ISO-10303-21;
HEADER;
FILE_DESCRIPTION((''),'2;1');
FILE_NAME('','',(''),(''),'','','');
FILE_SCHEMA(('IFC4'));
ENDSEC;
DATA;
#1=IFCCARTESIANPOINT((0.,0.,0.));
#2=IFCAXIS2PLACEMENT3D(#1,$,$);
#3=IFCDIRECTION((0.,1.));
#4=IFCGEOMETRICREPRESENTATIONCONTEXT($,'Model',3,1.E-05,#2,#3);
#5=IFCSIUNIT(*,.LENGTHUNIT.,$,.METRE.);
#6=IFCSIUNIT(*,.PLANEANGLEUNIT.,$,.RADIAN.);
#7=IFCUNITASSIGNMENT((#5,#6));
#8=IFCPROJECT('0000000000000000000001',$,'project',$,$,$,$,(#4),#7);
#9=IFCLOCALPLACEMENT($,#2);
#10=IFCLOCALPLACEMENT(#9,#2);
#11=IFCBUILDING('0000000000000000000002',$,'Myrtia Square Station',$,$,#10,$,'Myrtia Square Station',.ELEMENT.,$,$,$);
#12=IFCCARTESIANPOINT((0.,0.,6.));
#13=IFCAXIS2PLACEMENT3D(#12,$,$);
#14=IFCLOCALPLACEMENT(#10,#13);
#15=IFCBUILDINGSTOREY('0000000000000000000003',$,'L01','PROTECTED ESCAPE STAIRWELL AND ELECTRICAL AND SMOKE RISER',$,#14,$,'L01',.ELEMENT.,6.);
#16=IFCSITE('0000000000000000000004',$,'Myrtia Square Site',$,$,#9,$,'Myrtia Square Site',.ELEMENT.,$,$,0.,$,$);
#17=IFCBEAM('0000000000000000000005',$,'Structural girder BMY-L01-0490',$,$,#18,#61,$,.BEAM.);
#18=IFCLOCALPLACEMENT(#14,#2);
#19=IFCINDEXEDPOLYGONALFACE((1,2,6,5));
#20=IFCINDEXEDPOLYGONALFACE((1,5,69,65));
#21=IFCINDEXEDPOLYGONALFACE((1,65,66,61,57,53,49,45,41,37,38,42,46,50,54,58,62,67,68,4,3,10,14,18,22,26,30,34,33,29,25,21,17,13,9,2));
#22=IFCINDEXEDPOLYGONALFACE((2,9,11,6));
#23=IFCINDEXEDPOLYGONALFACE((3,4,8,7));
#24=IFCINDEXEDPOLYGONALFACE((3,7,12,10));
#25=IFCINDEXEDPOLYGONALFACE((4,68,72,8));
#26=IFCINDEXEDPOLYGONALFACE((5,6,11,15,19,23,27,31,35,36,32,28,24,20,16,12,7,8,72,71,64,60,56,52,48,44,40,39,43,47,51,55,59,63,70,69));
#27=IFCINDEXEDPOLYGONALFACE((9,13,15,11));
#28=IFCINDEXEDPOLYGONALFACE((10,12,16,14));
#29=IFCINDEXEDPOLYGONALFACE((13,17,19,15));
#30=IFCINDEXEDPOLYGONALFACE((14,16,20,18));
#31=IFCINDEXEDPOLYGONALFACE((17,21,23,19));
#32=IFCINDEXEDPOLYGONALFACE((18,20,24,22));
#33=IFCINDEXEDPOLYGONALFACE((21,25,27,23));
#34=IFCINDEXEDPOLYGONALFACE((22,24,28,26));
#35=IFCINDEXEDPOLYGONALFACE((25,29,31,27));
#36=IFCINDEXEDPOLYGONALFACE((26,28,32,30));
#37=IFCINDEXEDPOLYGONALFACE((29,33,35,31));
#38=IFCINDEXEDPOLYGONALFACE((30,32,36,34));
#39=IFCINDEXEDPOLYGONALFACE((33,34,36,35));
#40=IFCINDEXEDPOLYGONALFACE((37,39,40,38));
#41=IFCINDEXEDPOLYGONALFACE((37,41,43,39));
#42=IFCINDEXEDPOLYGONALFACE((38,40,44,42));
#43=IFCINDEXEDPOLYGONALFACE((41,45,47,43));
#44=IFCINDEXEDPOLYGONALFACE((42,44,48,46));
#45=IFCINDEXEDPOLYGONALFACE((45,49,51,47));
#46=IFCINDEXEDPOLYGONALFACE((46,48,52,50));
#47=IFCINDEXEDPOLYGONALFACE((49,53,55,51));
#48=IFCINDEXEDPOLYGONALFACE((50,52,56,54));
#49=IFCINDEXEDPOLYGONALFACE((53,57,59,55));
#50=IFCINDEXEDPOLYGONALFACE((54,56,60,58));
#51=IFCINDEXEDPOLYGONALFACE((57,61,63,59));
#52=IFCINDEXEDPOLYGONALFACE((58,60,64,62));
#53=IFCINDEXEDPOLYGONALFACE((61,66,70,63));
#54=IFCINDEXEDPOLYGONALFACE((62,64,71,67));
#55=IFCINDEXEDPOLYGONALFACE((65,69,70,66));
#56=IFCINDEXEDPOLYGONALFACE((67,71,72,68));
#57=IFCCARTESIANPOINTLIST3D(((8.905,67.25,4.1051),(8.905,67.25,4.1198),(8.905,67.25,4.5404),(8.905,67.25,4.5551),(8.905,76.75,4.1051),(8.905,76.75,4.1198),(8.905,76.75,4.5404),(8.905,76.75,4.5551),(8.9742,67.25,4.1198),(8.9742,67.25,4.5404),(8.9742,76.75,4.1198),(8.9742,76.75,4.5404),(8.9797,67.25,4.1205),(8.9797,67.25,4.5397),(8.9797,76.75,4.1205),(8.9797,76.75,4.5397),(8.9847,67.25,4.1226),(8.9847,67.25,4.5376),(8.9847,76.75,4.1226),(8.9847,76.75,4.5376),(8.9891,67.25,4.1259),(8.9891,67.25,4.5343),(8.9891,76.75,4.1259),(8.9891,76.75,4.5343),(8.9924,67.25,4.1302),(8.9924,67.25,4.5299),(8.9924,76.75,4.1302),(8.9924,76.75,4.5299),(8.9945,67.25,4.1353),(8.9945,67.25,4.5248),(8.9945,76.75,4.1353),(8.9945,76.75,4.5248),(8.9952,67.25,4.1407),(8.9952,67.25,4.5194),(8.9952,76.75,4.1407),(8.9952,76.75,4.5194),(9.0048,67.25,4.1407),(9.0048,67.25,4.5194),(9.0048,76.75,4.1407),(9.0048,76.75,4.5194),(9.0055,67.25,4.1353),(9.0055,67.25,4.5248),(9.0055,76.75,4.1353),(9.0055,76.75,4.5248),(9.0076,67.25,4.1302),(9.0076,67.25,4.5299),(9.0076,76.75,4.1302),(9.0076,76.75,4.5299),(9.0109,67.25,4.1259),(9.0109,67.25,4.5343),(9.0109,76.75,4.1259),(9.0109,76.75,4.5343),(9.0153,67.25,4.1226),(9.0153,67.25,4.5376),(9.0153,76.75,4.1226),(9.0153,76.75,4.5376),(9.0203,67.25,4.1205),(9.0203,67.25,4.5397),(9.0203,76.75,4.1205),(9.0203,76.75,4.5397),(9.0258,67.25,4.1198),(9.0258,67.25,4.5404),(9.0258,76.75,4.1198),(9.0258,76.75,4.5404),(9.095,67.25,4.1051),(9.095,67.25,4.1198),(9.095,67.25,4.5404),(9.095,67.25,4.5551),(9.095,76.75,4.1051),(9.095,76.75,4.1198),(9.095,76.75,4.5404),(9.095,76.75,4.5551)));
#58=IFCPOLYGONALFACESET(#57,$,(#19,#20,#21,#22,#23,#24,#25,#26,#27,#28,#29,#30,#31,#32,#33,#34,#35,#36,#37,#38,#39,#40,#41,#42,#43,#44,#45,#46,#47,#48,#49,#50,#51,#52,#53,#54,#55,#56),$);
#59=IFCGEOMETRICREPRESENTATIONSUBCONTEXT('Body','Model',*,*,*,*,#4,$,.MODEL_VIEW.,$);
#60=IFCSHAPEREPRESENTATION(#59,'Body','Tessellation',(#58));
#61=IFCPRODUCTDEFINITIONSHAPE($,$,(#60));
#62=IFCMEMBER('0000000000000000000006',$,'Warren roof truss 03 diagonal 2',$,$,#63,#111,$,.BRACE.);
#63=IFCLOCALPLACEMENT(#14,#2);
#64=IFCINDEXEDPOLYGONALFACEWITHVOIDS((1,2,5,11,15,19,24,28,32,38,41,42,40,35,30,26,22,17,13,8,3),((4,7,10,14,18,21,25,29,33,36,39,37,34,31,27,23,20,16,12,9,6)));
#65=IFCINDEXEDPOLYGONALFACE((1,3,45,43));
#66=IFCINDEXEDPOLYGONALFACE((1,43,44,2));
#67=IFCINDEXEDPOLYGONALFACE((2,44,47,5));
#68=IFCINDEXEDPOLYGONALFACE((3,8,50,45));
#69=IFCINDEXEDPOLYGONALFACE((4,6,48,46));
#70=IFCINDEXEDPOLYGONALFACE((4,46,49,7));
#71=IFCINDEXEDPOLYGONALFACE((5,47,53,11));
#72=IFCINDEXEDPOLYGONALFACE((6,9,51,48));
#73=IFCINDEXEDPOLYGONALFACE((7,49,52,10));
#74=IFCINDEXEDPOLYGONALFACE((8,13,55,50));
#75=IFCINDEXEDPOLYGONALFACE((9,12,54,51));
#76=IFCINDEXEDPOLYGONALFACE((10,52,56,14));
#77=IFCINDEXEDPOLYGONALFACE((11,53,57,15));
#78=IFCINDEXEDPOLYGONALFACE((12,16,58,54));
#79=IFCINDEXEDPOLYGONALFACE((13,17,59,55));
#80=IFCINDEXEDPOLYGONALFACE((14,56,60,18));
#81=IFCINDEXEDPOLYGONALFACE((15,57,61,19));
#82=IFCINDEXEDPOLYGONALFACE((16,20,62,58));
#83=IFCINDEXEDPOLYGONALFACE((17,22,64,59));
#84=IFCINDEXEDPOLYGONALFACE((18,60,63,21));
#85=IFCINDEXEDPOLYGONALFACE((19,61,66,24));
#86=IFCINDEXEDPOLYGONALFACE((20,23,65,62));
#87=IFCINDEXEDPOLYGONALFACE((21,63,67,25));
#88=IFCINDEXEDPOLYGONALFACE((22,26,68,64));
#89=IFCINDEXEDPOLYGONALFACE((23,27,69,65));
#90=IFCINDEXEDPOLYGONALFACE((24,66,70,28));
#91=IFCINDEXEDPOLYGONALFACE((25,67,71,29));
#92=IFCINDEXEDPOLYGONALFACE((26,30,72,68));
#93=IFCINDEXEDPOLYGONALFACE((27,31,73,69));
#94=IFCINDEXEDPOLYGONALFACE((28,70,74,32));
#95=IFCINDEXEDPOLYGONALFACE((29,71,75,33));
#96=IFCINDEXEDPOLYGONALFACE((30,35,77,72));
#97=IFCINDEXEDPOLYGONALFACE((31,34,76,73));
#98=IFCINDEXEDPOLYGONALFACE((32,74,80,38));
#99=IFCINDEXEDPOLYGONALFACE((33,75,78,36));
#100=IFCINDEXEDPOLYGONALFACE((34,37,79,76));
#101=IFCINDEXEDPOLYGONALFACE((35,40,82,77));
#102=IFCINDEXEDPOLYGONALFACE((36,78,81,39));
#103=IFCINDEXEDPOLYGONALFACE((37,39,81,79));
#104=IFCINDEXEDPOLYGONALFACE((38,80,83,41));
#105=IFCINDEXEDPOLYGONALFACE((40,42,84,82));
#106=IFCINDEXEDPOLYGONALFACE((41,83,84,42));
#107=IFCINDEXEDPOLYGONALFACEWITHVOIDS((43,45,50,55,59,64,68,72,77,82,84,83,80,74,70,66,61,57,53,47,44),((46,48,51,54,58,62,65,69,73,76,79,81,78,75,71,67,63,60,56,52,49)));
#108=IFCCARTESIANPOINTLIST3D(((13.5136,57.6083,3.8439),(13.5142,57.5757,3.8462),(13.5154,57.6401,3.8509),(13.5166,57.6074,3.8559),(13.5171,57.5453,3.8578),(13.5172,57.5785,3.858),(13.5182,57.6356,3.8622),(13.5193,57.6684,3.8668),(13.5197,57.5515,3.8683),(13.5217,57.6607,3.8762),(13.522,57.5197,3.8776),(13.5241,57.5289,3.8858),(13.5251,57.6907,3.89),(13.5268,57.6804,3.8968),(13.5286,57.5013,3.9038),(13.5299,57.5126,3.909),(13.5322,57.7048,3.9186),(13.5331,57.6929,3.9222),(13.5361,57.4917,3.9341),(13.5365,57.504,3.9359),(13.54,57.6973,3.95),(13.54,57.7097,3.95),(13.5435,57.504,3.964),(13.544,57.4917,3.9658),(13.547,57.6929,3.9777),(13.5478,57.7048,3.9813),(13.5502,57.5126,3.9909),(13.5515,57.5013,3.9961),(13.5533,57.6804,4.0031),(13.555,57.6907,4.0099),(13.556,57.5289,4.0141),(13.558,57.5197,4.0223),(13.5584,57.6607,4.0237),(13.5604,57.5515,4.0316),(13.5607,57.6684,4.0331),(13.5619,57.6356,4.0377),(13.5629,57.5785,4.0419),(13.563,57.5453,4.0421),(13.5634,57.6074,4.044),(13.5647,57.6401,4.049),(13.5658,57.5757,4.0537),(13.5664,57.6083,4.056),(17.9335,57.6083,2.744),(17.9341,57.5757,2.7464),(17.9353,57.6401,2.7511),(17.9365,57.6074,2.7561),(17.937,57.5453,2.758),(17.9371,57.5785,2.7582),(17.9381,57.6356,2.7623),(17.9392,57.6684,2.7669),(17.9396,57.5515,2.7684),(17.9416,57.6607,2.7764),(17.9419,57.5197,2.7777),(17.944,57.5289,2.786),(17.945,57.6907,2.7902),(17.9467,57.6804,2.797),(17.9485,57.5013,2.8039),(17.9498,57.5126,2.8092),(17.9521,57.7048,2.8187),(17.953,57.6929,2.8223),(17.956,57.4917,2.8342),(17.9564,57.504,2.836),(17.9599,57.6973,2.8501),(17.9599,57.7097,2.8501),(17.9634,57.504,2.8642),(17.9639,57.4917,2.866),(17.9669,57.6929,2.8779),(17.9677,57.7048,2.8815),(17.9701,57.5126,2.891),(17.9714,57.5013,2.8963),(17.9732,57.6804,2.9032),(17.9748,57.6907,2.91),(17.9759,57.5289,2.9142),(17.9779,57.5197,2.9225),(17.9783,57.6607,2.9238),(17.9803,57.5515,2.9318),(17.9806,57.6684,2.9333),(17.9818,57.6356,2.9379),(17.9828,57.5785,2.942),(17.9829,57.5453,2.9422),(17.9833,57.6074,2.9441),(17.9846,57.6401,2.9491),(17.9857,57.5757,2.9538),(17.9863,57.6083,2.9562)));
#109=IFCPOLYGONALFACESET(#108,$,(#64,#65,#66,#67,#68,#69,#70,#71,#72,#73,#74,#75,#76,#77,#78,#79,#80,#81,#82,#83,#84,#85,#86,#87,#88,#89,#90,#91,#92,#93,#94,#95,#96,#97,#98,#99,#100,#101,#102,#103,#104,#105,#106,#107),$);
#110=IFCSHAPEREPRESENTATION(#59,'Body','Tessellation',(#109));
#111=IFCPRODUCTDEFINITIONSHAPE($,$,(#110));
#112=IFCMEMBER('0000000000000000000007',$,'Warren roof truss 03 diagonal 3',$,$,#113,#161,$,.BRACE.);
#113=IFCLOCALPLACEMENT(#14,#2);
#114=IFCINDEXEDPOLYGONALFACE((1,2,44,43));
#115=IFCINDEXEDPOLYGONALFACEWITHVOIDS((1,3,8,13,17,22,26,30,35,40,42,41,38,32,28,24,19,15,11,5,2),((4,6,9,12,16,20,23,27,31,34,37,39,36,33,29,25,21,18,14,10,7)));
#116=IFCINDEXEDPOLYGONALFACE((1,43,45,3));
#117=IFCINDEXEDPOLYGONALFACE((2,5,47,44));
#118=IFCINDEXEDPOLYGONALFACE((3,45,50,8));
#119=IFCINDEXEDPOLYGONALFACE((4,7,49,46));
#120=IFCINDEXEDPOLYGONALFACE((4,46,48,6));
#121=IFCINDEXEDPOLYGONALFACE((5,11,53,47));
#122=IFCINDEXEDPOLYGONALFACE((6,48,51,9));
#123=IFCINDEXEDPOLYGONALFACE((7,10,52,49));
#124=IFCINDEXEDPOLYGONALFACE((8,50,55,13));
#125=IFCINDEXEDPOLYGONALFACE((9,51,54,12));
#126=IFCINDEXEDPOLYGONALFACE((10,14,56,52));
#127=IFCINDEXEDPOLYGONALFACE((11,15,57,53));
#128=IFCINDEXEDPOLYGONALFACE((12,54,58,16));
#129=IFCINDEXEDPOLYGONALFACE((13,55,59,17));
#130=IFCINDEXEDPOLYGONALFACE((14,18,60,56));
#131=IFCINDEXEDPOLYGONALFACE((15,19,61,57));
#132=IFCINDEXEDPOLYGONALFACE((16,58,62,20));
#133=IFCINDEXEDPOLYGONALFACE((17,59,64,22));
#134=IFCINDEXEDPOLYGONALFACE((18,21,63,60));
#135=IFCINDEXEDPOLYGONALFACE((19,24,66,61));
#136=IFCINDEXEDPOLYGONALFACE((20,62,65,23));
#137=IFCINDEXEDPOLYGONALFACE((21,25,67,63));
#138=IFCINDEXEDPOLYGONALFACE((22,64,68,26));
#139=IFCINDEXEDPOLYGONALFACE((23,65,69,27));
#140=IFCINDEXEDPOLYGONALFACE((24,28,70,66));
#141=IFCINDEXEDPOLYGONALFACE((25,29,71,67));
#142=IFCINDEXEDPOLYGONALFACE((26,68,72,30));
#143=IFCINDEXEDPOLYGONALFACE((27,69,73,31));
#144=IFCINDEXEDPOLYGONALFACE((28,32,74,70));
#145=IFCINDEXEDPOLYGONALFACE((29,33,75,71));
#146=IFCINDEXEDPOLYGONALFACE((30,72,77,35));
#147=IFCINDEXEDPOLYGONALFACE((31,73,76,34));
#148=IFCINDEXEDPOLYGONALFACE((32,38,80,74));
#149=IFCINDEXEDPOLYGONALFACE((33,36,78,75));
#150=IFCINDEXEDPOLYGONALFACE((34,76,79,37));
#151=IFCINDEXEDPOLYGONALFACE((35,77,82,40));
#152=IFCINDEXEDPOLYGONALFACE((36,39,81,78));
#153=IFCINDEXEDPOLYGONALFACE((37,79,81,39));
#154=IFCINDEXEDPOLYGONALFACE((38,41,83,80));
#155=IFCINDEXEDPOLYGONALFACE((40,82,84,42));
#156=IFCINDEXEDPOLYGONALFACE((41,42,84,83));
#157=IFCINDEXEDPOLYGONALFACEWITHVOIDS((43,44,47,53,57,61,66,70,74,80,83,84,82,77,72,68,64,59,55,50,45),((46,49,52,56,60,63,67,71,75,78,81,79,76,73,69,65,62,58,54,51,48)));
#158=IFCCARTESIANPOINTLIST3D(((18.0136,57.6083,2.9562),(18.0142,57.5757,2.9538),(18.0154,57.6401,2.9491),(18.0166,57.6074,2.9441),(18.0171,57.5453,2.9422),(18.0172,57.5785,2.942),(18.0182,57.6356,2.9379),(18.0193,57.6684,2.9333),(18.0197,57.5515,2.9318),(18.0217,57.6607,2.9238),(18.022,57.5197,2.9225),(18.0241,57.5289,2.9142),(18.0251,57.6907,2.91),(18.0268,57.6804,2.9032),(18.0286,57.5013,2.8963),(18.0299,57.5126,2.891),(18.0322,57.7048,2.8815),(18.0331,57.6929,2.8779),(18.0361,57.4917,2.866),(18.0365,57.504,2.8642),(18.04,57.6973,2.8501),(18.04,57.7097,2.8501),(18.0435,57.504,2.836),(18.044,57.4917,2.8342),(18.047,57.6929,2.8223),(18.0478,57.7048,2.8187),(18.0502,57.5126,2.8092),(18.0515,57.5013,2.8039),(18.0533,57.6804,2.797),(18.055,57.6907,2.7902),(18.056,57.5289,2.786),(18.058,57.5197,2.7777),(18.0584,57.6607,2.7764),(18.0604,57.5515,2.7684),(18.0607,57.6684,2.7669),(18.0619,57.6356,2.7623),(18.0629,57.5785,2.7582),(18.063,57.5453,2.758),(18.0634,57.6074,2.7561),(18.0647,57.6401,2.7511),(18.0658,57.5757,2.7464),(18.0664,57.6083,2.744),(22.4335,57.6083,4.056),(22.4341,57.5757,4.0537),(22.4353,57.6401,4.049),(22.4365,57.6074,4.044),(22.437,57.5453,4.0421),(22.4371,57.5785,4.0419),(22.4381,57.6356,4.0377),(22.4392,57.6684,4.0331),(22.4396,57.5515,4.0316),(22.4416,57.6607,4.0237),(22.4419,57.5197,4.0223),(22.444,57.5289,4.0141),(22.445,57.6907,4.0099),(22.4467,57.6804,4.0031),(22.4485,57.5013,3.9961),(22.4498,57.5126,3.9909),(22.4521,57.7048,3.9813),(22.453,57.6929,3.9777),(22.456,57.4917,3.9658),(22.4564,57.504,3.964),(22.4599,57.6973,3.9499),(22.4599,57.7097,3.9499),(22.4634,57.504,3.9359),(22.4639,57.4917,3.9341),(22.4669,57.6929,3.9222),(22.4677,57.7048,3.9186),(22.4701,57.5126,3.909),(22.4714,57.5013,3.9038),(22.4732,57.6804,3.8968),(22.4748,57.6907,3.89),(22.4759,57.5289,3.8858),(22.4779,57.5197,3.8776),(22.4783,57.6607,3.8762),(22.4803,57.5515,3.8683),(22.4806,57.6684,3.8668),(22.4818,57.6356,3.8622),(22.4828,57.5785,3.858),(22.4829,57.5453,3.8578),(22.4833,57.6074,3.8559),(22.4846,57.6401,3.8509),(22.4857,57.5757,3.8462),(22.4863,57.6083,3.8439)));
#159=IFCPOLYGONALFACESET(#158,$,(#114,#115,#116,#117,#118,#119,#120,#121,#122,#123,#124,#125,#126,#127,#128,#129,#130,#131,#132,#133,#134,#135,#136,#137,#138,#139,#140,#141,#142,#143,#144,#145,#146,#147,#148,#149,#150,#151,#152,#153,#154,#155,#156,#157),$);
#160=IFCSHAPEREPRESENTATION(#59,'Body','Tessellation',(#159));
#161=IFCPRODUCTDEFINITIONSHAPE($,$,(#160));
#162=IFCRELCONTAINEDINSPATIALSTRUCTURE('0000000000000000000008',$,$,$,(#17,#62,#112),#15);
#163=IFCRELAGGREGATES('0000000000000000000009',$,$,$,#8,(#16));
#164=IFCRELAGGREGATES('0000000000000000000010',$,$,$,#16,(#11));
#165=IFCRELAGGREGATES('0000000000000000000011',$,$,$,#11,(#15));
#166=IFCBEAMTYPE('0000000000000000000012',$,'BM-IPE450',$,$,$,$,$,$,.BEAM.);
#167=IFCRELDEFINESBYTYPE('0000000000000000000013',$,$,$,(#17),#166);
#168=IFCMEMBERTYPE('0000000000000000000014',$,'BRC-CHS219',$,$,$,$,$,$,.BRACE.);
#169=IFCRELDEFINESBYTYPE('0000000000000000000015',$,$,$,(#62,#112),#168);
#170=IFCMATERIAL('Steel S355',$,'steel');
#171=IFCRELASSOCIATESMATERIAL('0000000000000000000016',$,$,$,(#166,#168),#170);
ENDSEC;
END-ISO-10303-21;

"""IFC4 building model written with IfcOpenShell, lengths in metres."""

from ifc_helpers import new_model, si_unit, direction, frame, origin, origin_2d, place, context, subcontext, project, spatial, hollow_circle, i_section, extrude, material, material_profile, profile_set, type_object, element, save


model = new_model("IFC4")

# Units and contexts
model_context = context("Model", 3, precision=1e-05, world=origin(), true_north=direction((0.0, 1.0)))
body_context = subcontext(model_context, "Body", "Model", "MODEL_VIEW")
ifc_project = project(units=[si_unit("LENGTHUNIT", "METRE"), si_unit("PLANEANGLEUNIT", "RADIAN")], contexts=[model_context])

# Site, building, storey
site_placement = place(None, origin())
site = spatial("IfcSite", under=ifc_project, at=site_placement, Name="Myrtia Square Site", LongName="Myrtia Square Site", CompositionType="ELEMENT", RefElevation=0.0)
building_placement = place(site_placement, origin())
building = spatial("IfcBuilding", under=site, at=building_placement, Name="Myrtia Square Station", LongName="Myrtia Square Station", CompositionType="ELEMENT")
storey_placement = place(building_placement, frame((0.0, 0.0, 6.0)))
storey = spatial("IfcBuildingStorey", under=building, at=storey_placement, Name="L01", Description="PROTECTED ESCAPE STAIRWELL AND ELECTRICAL AND SMOKE RISER", LongName="L01", CompositionType="ELEMENT", Elevation=6.0)

# Beam
ifc_material_1 = material(Name="Steel S355", Category="steel")
ifc_material_profile_1 = material_profile(ifc_material_1, i_section(OverallWidth=0.1899, OverallDepth=0.45, WebThickness=0.0095, FlangeThickness=0.0146, FilletRadius=0.021, at=origin_2d()), Name="IPE 450")
ifc_profile_set_1 = profile_set([ifc_material_profile_1], Name="Steel S355")
beam_type_1 = type_object("IfcBeamType", Name="BM-IPE450", PredefinedType="BEAM", material=ifc_profile_set_1)
beam_placement = place(storey_placement, frame((9.0, 67.25, 4.3301), z_axis=(0.0, 1.0, 0.0), x_axis=(-1.0, 0.0, 0.0)))
element("IfcBeam", 1, at=beam_placement, inside=storey, type_object=beam_type_1, Name="Structural girder BMY-L01-0490", PredefinedType="BEAM", context=body_context, shape_type="SweptSolid", body=[
    extrude(i_section(OverallWidth=0.1899, OverallDepth=0.45, WebThickness=0.0095, FlangeThickness=0.0146, FilletRadius=0.021, at=origin_2d()), origin(), (0.0, 0.0, 1.0), 9.5),
])

# Members
ifc_material_profile_2 = material_profile(ifc_material_1, hollow_circle(Radius=0.1096, WallThickness=0.0125, at=origin_2d()), Name="CHS 219.1x12.5")
ifc_profile_set_2 = profile_set([ifc_material_profile_2], Name="Steel S355")
member_type_1 = type_object("IfcMemberType", Name="BRC-CHS219", PredefinedType="BRACE", material=ifc_profile_set_2)
for number, where, z_axis, x_axis, name in (
    (2, (13.54, 57.6001, 3.95), (0.970407, 0.0, -0.241476), (0.0, 1.0, 0.0), "Warren roof truss 03 diagonal 2"),
    (3, (18.04, 57.6001, 2.8501), (0.970407, 0.0, 0.241476), (0.0, 1.0, 0.0), "Warren roof truss 03 diagonal 3"),
):
    element("IfcMember", number, at=place(storey_placement, frame(where, z_axis=z_axis, x_axis=x_axis)), inside=storey, type_object=member_type_1, Name=name, PredefinedType="BRACE", context=body_context, shape_type="SweptSolid", body=[
        extrude(hollow_circle(Radius=0.1096, WallThickness=0.0125, at=origin_2d()), origin(), (0.0, 0.0, 1.0), 4.5547),
    ])

save(model, "model.ifc")
